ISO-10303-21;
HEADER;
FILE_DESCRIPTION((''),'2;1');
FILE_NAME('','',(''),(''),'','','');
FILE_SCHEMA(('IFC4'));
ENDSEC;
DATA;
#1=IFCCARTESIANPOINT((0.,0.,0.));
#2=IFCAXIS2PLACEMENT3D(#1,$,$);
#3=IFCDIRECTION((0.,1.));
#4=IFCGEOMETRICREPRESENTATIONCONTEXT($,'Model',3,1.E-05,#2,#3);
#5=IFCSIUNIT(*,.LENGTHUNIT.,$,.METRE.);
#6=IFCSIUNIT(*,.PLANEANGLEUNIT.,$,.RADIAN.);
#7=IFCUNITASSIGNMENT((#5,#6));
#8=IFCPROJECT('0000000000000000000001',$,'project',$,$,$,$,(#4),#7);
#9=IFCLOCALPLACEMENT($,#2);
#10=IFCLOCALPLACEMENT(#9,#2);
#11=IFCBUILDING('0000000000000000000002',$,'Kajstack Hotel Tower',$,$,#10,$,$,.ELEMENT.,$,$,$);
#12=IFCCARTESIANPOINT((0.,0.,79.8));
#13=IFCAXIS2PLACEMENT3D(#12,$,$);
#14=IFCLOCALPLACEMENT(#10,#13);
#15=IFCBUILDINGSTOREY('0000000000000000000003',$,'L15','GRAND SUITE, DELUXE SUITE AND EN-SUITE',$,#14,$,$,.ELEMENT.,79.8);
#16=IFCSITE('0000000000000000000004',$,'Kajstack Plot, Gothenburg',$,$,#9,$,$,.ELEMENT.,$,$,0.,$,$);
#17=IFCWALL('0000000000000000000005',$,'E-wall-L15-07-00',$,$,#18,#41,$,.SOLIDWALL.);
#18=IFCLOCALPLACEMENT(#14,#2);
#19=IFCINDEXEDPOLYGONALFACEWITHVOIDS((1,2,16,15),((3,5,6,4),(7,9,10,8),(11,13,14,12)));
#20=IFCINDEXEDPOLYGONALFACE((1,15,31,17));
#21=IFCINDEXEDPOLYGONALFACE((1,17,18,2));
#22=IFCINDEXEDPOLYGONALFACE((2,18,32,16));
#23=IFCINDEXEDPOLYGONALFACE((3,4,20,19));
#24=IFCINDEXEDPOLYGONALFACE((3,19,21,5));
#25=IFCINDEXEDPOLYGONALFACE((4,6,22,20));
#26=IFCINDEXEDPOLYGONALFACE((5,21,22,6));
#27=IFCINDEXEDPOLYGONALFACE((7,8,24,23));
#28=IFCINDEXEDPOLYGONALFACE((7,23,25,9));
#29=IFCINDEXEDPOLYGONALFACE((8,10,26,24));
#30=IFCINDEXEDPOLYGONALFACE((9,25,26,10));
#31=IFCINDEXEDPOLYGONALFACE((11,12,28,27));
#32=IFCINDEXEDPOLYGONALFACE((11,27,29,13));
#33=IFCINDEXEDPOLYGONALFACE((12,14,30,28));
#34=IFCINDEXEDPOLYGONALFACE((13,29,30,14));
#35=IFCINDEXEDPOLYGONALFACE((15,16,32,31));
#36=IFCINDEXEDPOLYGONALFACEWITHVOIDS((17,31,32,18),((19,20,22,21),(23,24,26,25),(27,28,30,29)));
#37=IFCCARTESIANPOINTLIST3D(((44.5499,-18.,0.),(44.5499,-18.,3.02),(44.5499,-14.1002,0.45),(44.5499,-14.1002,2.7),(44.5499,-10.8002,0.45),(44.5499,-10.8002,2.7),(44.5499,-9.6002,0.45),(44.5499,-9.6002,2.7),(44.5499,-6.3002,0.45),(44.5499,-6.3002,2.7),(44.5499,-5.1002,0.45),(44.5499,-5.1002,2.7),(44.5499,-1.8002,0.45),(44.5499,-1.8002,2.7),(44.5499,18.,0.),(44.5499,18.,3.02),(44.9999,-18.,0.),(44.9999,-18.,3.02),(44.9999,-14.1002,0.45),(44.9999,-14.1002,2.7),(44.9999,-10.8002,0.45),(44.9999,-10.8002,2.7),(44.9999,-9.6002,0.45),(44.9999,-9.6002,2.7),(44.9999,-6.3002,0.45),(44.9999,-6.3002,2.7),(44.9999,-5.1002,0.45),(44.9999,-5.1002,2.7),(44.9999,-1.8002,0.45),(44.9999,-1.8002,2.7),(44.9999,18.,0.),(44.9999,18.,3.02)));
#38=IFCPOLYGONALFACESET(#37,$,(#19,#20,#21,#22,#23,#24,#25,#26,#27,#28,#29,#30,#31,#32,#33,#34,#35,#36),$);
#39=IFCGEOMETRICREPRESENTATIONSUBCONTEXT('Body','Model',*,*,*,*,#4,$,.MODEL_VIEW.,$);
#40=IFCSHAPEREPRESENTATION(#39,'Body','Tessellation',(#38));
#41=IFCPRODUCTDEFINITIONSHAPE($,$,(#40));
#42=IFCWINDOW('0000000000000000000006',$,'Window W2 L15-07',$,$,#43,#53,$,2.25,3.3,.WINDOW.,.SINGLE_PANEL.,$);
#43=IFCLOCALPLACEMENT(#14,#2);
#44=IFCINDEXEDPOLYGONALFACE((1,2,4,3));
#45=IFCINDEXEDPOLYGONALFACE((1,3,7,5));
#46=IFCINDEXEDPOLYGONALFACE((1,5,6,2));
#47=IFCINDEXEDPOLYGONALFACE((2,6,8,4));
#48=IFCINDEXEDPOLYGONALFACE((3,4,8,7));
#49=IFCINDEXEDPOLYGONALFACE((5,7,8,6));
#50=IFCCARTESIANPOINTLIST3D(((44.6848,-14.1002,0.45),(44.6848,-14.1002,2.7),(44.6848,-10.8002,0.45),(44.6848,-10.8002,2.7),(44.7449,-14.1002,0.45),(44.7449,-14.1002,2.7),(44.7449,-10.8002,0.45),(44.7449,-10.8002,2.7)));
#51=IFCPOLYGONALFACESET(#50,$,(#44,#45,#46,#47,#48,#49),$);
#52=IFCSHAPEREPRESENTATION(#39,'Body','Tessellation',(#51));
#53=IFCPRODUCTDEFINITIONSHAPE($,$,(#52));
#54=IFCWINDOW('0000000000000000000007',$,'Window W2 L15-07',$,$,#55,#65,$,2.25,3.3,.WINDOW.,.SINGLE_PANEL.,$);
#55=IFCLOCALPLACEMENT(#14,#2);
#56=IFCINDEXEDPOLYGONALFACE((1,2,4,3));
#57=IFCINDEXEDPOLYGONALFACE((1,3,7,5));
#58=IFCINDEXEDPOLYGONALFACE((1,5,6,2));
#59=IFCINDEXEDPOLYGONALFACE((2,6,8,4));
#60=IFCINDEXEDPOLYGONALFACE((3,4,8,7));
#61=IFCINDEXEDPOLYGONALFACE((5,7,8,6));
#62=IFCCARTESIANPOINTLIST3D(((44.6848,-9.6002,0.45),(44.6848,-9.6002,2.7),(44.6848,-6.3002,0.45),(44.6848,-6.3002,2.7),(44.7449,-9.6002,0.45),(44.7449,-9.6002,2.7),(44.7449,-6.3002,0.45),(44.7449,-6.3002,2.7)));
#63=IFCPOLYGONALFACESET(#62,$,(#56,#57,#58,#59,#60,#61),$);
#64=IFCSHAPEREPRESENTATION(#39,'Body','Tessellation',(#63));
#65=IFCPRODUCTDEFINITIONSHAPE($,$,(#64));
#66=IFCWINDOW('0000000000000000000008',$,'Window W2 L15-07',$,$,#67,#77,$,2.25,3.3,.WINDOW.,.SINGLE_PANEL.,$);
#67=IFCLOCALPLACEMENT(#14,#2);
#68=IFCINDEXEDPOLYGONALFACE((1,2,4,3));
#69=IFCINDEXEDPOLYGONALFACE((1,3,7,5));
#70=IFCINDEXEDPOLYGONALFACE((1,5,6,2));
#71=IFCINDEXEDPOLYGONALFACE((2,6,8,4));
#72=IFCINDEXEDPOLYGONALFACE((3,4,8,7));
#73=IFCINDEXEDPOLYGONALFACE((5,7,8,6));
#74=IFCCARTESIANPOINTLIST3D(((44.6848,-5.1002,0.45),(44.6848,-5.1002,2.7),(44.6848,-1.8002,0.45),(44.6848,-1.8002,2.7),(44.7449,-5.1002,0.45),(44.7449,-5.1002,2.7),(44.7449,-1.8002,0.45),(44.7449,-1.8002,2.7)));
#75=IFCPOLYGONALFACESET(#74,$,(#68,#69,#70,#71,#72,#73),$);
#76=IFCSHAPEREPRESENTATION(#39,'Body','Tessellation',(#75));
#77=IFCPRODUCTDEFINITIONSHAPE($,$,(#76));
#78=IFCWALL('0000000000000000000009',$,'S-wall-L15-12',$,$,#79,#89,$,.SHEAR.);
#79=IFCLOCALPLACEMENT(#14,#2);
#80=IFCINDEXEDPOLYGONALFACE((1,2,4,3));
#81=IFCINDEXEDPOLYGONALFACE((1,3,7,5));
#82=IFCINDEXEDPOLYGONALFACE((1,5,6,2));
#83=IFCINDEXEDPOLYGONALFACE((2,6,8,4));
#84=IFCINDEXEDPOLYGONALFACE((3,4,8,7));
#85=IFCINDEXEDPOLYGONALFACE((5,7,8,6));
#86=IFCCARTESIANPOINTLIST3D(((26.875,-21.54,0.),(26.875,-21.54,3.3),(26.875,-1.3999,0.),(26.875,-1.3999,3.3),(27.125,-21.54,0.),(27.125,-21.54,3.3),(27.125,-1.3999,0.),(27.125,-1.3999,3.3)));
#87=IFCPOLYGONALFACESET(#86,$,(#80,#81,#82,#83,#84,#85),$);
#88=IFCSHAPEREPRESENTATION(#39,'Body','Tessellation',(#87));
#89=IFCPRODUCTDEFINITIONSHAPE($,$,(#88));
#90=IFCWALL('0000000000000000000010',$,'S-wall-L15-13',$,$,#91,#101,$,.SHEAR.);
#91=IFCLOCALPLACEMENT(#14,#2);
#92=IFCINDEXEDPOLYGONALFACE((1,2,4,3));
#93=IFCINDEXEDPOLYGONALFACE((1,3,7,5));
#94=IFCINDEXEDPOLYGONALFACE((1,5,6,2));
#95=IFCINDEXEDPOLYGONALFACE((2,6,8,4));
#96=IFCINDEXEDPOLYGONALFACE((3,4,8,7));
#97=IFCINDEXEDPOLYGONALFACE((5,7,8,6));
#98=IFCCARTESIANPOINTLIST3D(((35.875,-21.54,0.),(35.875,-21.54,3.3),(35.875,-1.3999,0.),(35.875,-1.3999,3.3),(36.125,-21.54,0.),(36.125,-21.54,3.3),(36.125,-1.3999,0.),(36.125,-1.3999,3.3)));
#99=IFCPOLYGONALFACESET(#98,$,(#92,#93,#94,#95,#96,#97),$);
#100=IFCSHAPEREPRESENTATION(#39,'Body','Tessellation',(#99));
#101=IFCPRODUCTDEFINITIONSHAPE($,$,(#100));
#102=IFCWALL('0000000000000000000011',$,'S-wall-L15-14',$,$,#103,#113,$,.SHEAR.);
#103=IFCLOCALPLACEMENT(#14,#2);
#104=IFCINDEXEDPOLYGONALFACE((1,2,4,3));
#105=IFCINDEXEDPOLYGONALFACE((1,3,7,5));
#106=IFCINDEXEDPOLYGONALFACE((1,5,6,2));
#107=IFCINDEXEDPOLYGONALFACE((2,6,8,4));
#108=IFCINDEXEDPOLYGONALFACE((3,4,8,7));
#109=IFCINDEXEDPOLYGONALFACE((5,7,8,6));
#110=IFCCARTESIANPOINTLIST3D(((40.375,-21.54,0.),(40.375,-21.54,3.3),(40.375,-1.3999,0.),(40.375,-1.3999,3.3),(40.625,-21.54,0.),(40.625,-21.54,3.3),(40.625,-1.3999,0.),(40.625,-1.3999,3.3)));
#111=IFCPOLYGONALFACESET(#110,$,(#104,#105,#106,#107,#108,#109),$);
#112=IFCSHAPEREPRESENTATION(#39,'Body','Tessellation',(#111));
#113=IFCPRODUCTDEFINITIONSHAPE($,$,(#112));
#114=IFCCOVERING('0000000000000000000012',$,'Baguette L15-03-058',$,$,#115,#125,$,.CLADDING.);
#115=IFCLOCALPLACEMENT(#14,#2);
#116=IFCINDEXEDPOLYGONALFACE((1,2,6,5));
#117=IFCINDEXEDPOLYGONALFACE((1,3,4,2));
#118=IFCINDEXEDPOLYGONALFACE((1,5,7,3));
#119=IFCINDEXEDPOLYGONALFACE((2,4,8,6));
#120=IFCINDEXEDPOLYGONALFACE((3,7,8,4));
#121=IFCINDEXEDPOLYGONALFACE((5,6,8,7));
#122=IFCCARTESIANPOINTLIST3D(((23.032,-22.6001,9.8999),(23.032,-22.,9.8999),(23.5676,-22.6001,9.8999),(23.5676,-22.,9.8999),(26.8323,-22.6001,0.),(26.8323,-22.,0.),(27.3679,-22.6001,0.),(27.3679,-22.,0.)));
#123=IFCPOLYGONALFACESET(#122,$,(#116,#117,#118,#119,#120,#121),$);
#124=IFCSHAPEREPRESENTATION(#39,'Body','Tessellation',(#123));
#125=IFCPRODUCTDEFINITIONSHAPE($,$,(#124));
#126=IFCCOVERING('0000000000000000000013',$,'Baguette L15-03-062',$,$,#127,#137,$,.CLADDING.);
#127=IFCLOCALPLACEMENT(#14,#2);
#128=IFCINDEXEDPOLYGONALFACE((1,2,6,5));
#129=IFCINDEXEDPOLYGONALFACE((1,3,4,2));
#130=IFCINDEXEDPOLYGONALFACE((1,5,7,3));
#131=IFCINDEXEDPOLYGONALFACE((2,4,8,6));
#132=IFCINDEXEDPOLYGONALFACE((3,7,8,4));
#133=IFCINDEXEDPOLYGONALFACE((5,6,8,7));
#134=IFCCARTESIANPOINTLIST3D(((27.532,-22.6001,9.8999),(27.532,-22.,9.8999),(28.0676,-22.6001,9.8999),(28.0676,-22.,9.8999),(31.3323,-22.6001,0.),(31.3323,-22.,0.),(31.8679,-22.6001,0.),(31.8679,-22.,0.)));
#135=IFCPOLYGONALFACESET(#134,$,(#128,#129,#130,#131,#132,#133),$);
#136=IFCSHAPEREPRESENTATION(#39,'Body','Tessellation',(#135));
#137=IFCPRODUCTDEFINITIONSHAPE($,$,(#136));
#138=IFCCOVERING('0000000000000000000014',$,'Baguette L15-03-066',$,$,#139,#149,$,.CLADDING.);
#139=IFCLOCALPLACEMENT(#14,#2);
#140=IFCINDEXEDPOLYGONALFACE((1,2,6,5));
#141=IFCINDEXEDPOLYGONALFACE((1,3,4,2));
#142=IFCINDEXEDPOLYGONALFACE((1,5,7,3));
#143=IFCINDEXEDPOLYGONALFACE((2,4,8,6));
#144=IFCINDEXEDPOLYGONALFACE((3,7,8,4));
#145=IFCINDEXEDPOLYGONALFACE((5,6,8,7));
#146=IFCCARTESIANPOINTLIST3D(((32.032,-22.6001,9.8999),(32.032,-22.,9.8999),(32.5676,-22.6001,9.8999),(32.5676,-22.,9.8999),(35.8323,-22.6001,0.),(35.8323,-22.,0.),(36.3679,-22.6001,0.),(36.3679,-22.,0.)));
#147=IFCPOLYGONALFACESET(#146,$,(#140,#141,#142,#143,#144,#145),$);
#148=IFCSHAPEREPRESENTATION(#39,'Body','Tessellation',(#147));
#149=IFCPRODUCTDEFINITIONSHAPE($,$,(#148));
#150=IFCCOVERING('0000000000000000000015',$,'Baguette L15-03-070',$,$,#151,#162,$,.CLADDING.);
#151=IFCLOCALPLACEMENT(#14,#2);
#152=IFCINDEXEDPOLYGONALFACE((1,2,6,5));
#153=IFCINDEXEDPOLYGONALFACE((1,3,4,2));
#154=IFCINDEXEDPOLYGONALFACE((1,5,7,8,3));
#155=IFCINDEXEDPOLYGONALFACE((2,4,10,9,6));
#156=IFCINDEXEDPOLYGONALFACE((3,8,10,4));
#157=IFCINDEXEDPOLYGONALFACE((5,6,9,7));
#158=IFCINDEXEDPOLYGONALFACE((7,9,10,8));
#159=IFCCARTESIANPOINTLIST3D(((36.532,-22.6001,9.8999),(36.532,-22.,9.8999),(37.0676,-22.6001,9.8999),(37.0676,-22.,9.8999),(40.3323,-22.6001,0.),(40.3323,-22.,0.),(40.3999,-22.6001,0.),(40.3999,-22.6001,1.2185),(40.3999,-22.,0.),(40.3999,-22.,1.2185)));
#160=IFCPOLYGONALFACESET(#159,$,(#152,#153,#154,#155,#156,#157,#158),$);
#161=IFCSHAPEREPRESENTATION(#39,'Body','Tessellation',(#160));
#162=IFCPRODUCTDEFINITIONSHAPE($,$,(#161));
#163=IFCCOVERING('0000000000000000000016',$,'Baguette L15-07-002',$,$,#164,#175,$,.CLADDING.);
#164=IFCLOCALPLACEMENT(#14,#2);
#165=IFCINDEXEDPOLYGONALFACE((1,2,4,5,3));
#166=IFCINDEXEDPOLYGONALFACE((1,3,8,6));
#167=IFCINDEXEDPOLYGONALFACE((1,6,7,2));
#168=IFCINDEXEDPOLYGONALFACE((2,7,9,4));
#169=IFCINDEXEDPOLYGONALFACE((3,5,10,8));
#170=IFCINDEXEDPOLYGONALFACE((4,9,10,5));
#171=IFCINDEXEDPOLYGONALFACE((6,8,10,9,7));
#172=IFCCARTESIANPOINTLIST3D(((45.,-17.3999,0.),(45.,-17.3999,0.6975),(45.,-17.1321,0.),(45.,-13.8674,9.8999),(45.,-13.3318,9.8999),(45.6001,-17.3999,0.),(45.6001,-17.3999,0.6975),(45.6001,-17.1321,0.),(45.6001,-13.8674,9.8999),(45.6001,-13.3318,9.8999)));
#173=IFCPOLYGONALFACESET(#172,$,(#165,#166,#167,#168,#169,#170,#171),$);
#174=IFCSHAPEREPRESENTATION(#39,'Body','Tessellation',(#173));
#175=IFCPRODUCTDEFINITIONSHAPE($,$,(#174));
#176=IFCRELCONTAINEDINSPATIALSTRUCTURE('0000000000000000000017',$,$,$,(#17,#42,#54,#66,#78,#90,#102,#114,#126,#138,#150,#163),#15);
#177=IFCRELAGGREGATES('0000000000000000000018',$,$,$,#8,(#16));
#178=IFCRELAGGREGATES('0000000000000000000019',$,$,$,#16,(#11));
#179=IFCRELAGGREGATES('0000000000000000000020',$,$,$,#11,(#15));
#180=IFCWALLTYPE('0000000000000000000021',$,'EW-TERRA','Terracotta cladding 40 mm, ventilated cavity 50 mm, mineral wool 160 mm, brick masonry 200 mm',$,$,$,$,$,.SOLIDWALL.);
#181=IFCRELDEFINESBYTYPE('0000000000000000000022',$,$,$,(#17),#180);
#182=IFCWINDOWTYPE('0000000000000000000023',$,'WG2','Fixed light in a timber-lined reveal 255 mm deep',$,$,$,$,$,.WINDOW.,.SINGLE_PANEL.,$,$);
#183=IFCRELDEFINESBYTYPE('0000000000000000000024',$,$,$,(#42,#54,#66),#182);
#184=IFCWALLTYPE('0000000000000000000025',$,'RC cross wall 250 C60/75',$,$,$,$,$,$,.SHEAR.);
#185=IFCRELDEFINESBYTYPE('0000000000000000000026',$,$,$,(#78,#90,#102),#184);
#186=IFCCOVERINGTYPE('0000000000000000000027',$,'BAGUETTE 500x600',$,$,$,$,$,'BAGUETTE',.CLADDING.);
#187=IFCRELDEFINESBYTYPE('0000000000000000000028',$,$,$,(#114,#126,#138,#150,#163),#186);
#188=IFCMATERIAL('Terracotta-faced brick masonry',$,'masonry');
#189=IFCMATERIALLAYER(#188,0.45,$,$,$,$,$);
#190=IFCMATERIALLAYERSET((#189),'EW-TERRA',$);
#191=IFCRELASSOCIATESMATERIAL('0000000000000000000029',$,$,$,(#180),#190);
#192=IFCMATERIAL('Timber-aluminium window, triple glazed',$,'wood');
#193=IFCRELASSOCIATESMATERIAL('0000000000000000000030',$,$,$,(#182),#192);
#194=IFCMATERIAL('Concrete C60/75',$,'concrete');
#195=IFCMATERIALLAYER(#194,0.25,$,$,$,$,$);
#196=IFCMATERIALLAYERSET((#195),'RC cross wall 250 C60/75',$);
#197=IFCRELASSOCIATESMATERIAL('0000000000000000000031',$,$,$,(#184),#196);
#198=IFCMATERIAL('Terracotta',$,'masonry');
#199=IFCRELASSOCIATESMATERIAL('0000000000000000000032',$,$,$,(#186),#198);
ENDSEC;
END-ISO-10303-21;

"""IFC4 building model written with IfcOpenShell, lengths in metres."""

from ifc_helpers import new_model, si_unit, direction, frame, frame_2d, origin, origin_2d, place, context, subcontext, project, spatial, polyline, rectangle, outline, extrude, material, layer, layer_set, material_profile, profile_set, type_object, element, fill, save


model = new_model("IFC4")

# Units and contexts
model_context = context("Model", 3, precision=1e-05, world=origin(), true_north=direction((0.0, 1.0)))
body_context = subcontext(model_context, "Body", "Model", "MODEL_VIEW")
ifc_project = project(units=[si_unit("LENGTHUNIT", "METRE"), si_unit("PLANEANGLEUNIT", "RADIAN")], contexts=[model_context])

# Site, building, storey
site_placement = place(None, origin())
site = spatial("IfcSite", under=ifc_project, at=site_placement, Name="Kajstack Plot, Gothenburg", CompositionType="ELEMENT", RefElevation=0.0)
building_placement = place(site_placement, origin())
building = spatial("IfcBuilding", under=site, at=building_placement, Name="Kajstack Hotel Tower", CompositionType="ELEMENT")
storey_placement = place(building_placement, frame((0.0, 0.0, 79.8)))
storey = spatial("IfcBuildingStorey", under=building, at=storey_placement, Name="L15", Description="GRAND SUITE, DELUXE SUITE AND EN-SUITE", CompositionType="ELEMENT", Elevation=79.8)

# Shared definitions
ifc_material_1 = material(Name="Terracotta-faced brick masonry", Category="masonry")
ifc_layer_1 = layer(ifc_material_1, 0.45)
ifc_layer_set_1 = layer_set([ifc_layer_1], Name="EW-TERRA")
wall_type_1 = type_object("IfcWallType", Name="EW-TERRA", Description="Terracotta cladding 40 mm, ventilated cavity 50 mm, mineral wool 160 mm, brick masonry 200 mm", PredefinedType="SOLIDWALL", material=ifc_layer_set_1)
ifc_material_2 = material(Name="Timber-aluminium window, triple glazed", Category="wood")

# Wall, openings, windows
wall_1_placement = place(storey_placement, frame((44.7749, -18.0, 0.0), z_axis=(0.0, 0.0, 1.0), x_axis=(0.0, 1.0, 0.0)))
wall_1 = element("IfcWall", 1, at=wall_1_placement, inside=storey, type_object=wall_type_1, Name="E-wall-L15-07-00", PredefinedType="SOLIDWALL", context=body_context, shape_type="SweptSolid", body=[
    extrude(rectangle(XDim=36.0, YDim=0.45, at=frame_2d((18.0, 0.0))), origin(), (0.0, 0.0, 1.0), 3.02),
])
opening_1_placement = place(wall_1_placement, frame((3.8999, 0.0, 0.45)))
opening_1 = element("IfcOpeningElement", 2, at=opening_1_placement, cuts=wall_1, PredefinedType="OPENING", context=body_context, shape_type="SweptSolid", body=[
    extrude(rectangle(XDim=3.3, YDim=2.25, at=frame_2d((1.6499, 1.125))), frame((0.0, 0.2349, 0.0), z_axis=(0.0, -1.0, 0.0), x_axis=(1.0, 0.0, 0.0)), (0.0, 0.0, 1.0), 0.47),
])
opening_2_placement = place(wall_1_placement, frame((8.3999, 0.0, 0.45)))
opening_2 = element("IfcOpeningElement", 3, at=opening_2_placement, cuts=wall_1, PredefinedType="OPENING", context=body_context, shape_type="SweptSolid", body=[
    extrude(rectangle(XDim=3.3, YDim=2.25, at=frame_2d((1.6499, 1.125))), frame((0.0, 0.2349, 0.0), z_axis=(0.0, -1.0, 0.0), x_axis=(1.0, 0.0, 0.0)), (0.0, 0.0, 1.0), 0.47),
])
opening_3_placement = place(wall_1_placement, frame((12.8999, 0.0, 0.45)))
opening_3 = element("IfcOpeningElement", 4, at=opening_3_placement, cuts=wall_1, PredefinedType="OPENING", context=body_context, shape_type="SweptSolid", body=[
    extrude(rectangle(XDim=3.3, YDim=2.25, at=frame_2d((1.6499, 1.125))), frame((0.0, 0.2349, 0.0), z_axis=(0.0, -1.0, 0.0), x_axis=(1.0, 0.0, 0.0)), (0.0, 0.0, 1.0), 0.47),
])
window_type_1 = type_object("IfcWindowType", Name="WG2", Description="Fixed light in a timber-lined reveal 255 mm deep", PartitioningType="SINGLE_PANEL", PredefinedType="WINDOW", material=ifc_material_2)
window_1_placement = place(opening_1_placement, origin())
window_1 = element("IfcWindow", 5, at=window_1_placement, inside=storey, type_object=window_type_1, Name="Window W2 L15-07", OverallHeight=2.25, OverallWidth=3.3, PartitioningType="SINGLE_PANEL", PredefinedType="WINDOW", context=body_context, shape_type="SweptSolid", body=[
    extrude(rectangle(XDim=3.3, YDim=2.25, at=frame_2d((1.6499, 1.125))), frame((0.0, 0.0901, 0.0), z_axis=(0.0, -1.0, 0.0), x_axis=(1.0, 0.0, 0.0)), (0.0, 0.0, 1.0), 0.0601),
])
fill(opening_1, window_1)
window_2_placement = place(opening_2_placement, origin())
window_2 = element("IfcWindow", 6, at=window_2_placement, inside=storey, type_object=window_type_1, Name="Window W2 L15-07", OverallHeight=2.25, OverallWidth=3.3, PartitioningType="SINGLE_PANEL", PredefinedType="WINDOW", context=body_context, shape_type="SweptSolid", body=[
    extrude(rectangle(XDim=3.3, YDim=2.25, at=frame_2d((1.6499, 1.125))), frame((0.0, 0.0901, 0.0), z_axis=(0.0, -1.0, 0.0), x_axis=(1.0, 0.0, 0.0)), (0.0, 0.0, 1.0), 0.0601),
])
fill(opening_2, window_2)
window_3_placement = place(opening_3_placement, origin())
window_3 = element("IfcWindow", 7, at=window_3_placement, inside=storey, type_object=window_type_1, Name="Window W2 L15-07", OverallHeight=2.25, OverallWidth=3.3, PartitioningType="SINGLE_PANEL", PredefinedType="WINDOW", context=body_context, shape_type="SweptSolid", body=[
    extrude(rectangle(XDim=3.3, YDim=2.25, at=frame_2d((1.6499, 1.125))), frame((0.0, 0.0901, 0.0), z_axis=(0.0, -1.0, 0.0), x_axis=(1.0, 0.0, 0.0)), (0.0, 0.0, 1.0), 0.0601),
])
fill(opening_3, window_3)

# Walls
ifc_material_3 = material(Name="Concrete C60/75", Category="concrete")
ifc_layer_2 = layer(ifc_material_3, 0.25)
ifc_layer_set_2 = layer_set([ifc_layer_2], Name="RC cross wall 250 C60/75")
wall_type_2 = type_object("IfcWallType", Name="RC cross wall 250 C60/75", PredefinedType="SHEAR", material=ifc_layer_set_2)
for number, where, z_axis, x_axis, name in (
    (8, (27.0, -21.54, 0.0), (0.0, 0.0, 1.0), (0.0, 1.0, 0.0), "S-wall-L15-12"),
    (9, (36.0, -21.54, 0.0), (0.0, 0.0, 1.0), (0.0, 1.0, 0.0), "S-wall-L15-13"),
    (10, (40.5, -21.54, 0.0), (0.0, 0.0, 1.0), (0.0, 1.0, 0.0), "S-wall-L15-14"),
):
    element("IfcWall", number, at=place(storey_placement, frame(where, z_axis=z_axis, x_axis=x_axis)), inside=storey, type_object=wall_type_2, Name=name, PredefinedType="SHEAR", context=body_context, shape_type="SweptSolid", body=[
        extrude(rectangle(XDim=20.1401, YDim=0.25, at=frame_2d((10.0701, 0.0))), origin(), (0.0, 0.0, 1.0), 3.3),
    ])

# Coverings
ifc_material_4 = material(Name="Terracotta", Category="masonry")
ifc_material_profile = material_profile(ifc_material_4, rectangle(XDim=0.6001, YDim=0.5, at=origin_2d()), Name="Terracotta-clad concrete baguette 500 x 600")
ifc_profile_set = profile_set([ifc_material_profile], Name="Terracotta")
covering_type = type_object("IfcCoveringType", Name="BAGUETTE 500x600", ElementType="BAGUETTE", PredefinedType="CLADDING", material=ifc_profile_set)
for number, where, z_axis, x_axis, name in (
    (11, (23.032, -22.0, 0.0), (0.0, -1.0, 0.0), (1.0, 0.0, 0.0), "Baguette L15-03-058"),
    (12, (27.532, -22.0, 0.0), (0.0, -1.0, 0.0), (1.0, 0.0, 0.0), "Baguette L15-03-062"),
    (13, (32.032, -22.0, 0.0), (0.0, -1.0, 0.0), (1.0, 0.0, 0.0), "Baguette L15-03-066"),
):
    element("IfcCovering", number, at=place(storey_placement, frame(where, z_axis=z_axis, x_axis=x_axis)), inside=storey, type_object=covering_type, Name=name, PredefinedType="CLADDING", context=body_context, shape_type="SweptSolid", body=[
        extrude(outline(polyline([(0.0, 9.8999), (3.8003, 0.0), (4.3359, 0.0), (0.5356, 9.8999), (0.0, 9.8999)])), origin(), (0.0, 0.0, 1.0), 0.6001),
    ])
covering_1_placement = place(storey_placement, frame((36.532, -22.0, 0.0), z_axis=(0.0, -1.0, 0.0), x_axis=(1.0, 0.0, 0.0)))
element("IfcCovering", 14, at=covering_1_placement, inside=storey, type_object=covering_type, Name="Baguette L15-03-070", PredefinedType="CLADDING", context=body_context, shape_type="SweptSolid", body=[
    extrude(outline(polyline([(3.8003, 0.0), (3.8679, 0.0), (3.8679, 1.2185), (0.5356, 9.8999), (0.0, 9.8999), (3.8003, 0.0)])), origin(), (0.0, 0.0, 1.0), 0.6001),
])
covering_2_placement = place(storey_placement, frame((45.0, -17.3999, 0.0), z_axis=(1.0, 0.0, 0.0), x_axis=(0.0, 1.0, 0.0)))
element("IfcCovering", 15, at=covering_2_placement, inside=storey, type_object=covering_type, Name="Baguette L15-07-002", PredefinedType="CLADDING", context=body_context, shape_type="SweptSolid", body=[
    extrude(outline(polyline([(3.5325, 9.8999), (0.0, 0.6975), (0.0, 0.0), (0.2678, 0.0), (4.0681, 9.8999), (3.5325, 9.8999)])), origin(), (0.0, 0.0, 1.0), 0.6001),
])

save(model, "model.ifc")
